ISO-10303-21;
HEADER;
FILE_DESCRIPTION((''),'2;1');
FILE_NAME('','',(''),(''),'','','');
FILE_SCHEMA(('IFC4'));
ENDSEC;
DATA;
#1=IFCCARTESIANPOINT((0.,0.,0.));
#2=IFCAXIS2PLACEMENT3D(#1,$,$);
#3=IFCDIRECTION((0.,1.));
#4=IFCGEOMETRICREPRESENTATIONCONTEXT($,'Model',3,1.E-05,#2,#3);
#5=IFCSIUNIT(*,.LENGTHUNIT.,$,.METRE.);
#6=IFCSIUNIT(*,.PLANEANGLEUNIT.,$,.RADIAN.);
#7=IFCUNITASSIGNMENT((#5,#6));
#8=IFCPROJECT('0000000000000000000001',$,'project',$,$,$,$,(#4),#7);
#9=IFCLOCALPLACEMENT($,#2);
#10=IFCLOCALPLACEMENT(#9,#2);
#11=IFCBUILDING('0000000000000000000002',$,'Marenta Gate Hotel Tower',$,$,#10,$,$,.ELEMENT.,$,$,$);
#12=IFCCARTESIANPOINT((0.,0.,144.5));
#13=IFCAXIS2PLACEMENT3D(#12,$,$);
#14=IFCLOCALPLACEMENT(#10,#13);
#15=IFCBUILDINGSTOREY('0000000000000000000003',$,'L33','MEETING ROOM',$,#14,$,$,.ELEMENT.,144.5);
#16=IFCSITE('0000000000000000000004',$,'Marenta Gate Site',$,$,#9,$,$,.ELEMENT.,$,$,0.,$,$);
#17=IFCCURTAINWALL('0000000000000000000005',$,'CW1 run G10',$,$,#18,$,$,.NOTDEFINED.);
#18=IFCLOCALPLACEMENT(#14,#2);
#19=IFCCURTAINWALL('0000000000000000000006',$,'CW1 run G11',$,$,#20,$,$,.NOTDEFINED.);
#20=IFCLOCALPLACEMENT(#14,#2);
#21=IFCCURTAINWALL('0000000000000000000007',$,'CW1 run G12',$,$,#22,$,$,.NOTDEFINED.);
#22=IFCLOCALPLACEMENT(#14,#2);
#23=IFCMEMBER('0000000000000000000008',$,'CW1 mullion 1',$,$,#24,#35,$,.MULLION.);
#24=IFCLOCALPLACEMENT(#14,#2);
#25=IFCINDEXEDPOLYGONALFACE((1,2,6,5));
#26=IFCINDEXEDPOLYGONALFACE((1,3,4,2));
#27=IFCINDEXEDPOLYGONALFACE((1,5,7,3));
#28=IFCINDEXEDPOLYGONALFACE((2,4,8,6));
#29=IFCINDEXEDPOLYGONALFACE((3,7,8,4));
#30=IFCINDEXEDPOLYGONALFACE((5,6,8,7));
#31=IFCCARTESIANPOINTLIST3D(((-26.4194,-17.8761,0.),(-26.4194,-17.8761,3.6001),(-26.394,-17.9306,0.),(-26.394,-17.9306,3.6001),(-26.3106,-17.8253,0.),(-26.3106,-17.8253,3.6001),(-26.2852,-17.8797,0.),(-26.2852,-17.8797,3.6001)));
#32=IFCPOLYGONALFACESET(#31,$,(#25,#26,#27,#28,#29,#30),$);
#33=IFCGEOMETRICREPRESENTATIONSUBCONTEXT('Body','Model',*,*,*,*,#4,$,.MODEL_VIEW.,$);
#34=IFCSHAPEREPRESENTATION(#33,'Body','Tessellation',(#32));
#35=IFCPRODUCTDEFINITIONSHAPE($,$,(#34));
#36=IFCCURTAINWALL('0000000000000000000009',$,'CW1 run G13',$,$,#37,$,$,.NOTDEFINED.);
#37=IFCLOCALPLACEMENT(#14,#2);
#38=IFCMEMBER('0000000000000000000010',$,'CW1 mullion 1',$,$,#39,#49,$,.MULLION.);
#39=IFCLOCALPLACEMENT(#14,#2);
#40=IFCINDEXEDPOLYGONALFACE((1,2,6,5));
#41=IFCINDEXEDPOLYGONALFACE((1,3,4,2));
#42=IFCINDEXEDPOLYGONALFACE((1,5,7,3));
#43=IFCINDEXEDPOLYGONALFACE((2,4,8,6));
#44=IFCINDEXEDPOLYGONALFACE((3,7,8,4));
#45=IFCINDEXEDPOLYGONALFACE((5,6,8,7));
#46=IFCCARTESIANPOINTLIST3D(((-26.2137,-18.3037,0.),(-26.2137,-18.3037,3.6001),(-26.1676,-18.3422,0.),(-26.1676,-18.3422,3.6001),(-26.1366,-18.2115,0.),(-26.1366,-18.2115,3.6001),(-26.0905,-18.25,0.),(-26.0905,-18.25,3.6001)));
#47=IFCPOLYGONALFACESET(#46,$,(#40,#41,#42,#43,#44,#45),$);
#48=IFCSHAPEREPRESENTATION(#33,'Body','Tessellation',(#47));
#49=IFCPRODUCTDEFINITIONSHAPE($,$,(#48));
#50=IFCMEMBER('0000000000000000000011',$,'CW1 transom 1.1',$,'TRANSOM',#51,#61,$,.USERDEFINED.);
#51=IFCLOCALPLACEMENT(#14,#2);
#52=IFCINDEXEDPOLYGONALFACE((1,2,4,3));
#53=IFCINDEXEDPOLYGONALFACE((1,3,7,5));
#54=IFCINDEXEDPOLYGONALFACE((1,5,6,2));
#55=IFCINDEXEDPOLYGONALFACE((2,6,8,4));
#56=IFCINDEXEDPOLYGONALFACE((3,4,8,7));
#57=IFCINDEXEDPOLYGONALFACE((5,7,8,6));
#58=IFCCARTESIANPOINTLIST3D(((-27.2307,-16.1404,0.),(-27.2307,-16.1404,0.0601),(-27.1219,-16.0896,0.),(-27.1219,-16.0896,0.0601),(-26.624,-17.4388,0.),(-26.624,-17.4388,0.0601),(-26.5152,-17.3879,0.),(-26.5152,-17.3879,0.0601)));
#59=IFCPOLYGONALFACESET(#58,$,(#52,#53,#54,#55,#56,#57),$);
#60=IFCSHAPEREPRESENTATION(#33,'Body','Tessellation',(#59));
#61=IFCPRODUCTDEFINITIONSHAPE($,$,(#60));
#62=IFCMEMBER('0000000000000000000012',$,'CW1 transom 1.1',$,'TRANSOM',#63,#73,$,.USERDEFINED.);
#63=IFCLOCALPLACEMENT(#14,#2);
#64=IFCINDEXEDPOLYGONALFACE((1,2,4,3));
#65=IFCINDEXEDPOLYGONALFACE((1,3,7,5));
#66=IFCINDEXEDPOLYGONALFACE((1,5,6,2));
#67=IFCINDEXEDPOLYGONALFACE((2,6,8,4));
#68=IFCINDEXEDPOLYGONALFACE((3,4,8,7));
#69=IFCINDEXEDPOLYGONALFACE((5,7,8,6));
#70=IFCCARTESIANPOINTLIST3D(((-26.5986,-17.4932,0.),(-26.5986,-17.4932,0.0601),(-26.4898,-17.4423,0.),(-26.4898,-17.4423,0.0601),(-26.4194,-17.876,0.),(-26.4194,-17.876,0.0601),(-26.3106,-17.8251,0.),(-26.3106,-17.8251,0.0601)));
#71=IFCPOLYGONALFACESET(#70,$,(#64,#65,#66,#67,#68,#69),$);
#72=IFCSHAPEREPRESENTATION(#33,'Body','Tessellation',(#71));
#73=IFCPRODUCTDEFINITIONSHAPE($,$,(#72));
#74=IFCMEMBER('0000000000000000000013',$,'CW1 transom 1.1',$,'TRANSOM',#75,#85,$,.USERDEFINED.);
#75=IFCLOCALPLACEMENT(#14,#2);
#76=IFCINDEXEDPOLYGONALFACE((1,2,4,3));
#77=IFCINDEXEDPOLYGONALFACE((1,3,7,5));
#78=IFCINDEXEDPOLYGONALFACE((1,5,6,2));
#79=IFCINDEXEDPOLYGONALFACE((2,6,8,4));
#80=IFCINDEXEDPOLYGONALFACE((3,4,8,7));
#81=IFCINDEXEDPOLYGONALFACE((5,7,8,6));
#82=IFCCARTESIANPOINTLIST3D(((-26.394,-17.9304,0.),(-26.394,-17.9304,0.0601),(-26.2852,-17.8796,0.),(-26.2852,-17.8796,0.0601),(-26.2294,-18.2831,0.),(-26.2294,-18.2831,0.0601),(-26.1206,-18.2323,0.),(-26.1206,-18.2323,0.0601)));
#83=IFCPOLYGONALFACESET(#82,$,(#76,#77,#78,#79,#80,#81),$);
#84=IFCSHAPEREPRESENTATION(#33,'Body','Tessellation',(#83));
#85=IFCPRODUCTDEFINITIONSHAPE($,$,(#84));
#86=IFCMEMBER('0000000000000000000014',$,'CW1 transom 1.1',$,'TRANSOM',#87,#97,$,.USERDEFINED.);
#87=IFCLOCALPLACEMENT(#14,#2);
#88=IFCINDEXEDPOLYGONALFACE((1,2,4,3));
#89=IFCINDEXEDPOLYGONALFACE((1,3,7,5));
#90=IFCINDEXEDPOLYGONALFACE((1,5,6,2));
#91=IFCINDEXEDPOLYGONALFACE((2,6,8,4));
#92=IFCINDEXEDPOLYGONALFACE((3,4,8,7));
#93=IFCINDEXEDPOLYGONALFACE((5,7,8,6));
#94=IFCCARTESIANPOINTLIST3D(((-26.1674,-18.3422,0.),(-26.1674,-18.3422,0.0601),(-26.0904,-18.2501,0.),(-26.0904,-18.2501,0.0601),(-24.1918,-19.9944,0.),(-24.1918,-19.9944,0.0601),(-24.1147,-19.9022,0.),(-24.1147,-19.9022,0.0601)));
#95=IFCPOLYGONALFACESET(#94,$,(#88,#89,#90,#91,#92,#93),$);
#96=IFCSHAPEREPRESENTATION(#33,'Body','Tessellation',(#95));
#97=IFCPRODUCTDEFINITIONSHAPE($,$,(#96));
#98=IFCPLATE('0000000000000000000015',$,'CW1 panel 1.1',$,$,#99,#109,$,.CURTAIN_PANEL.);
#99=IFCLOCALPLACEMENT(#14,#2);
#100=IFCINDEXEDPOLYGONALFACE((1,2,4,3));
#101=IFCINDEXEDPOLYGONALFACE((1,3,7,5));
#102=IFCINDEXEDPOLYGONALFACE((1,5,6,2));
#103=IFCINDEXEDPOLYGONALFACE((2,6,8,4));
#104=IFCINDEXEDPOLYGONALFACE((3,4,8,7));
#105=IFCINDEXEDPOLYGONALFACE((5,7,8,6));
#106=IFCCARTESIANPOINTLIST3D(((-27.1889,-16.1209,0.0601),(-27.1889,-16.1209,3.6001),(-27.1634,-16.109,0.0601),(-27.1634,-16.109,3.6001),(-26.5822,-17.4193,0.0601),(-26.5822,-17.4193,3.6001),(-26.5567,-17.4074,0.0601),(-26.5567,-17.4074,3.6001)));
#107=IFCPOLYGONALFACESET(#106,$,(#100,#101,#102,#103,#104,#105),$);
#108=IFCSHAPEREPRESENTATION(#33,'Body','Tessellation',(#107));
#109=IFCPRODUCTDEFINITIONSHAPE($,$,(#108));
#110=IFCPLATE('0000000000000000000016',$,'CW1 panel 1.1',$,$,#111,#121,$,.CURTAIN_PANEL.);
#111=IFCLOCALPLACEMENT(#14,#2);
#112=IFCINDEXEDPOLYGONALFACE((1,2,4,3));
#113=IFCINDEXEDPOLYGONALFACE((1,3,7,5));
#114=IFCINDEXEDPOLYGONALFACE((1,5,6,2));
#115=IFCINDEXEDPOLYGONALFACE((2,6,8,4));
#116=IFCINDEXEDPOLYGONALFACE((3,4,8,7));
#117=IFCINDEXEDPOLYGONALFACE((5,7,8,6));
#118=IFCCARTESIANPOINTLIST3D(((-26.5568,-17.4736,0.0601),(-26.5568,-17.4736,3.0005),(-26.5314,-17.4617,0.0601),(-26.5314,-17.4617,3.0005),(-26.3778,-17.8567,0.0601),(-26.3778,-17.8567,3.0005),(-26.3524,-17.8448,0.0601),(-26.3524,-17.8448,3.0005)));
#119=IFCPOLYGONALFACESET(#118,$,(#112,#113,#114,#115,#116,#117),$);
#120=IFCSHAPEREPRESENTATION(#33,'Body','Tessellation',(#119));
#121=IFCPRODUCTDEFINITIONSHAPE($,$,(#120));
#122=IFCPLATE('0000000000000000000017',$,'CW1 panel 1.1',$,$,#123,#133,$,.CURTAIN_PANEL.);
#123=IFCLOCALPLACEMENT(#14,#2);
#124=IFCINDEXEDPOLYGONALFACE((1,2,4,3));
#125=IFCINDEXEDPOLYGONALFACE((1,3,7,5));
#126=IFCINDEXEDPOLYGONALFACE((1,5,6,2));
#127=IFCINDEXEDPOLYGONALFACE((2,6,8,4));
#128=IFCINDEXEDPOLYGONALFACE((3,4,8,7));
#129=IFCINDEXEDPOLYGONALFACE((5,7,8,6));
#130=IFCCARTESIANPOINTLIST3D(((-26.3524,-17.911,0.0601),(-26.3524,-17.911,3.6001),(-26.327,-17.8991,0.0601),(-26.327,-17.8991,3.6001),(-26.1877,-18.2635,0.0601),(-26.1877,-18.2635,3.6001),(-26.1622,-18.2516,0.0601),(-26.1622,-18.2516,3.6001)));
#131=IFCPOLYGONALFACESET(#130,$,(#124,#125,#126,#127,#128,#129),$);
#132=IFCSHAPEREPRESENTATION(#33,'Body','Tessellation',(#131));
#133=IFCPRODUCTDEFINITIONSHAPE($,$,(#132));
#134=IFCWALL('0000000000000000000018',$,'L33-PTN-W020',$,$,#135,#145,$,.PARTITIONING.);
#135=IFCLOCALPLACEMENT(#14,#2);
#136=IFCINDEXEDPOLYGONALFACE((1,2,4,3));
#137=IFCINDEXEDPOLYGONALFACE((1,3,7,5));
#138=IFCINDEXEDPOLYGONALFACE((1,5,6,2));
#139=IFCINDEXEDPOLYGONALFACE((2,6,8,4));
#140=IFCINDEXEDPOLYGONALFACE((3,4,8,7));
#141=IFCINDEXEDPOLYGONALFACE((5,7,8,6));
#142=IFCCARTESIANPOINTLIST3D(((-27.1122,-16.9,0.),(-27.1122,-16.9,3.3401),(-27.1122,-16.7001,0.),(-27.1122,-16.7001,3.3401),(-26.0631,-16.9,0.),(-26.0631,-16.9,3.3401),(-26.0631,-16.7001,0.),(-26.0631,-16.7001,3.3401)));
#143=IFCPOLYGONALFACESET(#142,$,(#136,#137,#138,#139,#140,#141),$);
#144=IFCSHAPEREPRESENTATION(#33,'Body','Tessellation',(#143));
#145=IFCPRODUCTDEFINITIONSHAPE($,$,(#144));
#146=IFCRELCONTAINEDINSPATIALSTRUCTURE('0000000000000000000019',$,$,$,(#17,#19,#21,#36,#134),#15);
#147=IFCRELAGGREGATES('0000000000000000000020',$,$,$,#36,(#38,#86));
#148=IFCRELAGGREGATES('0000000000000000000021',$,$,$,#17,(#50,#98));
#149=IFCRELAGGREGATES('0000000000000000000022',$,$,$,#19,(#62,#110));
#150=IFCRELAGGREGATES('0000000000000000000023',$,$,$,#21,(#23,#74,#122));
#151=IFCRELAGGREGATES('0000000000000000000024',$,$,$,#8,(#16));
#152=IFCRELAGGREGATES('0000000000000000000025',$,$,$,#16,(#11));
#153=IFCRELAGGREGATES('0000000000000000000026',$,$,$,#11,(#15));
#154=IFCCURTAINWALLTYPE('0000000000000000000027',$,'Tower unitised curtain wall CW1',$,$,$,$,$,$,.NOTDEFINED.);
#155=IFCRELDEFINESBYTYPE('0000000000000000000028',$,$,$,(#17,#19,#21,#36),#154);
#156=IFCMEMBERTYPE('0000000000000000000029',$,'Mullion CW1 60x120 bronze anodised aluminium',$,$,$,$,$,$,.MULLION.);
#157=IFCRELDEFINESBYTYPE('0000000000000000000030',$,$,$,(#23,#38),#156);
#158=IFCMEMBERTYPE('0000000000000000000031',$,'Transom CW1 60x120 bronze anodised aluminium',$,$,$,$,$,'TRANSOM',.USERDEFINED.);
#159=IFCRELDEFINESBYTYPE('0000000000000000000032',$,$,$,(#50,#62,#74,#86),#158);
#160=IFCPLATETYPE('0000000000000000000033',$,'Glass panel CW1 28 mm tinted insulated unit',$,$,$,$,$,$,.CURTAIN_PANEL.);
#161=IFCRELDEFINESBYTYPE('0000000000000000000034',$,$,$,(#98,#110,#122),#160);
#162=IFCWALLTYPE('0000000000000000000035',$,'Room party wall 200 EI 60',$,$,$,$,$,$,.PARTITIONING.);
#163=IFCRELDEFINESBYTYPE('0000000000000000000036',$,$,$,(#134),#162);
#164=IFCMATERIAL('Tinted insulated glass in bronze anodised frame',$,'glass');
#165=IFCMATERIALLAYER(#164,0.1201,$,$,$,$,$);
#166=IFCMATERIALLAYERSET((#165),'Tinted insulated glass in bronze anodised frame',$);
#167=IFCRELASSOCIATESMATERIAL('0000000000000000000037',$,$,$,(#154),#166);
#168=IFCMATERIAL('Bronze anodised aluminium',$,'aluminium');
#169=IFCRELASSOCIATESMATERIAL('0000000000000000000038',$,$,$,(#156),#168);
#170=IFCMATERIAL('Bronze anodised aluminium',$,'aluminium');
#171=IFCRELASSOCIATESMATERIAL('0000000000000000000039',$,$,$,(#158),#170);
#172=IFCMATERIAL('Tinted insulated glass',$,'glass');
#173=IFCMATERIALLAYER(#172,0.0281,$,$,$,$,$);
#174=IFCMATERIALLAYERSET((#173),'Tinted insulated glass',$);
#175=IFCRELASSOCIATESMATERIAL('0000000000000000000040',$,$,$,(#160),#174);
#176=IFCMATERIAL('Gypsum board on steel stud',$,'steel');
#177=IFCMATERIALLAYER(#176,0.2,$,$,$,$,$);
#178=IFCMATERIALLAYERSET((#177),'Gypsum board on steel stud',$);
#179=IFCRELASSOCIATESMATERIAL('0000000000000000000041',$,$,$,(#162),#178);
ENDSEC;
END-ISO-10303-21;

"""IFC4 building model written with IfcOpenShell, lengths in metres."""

from ifc_helpers import new_model, si_unit, direction, frame, frame_2d, origin, origin_2d, place, context, subcontext, project, spatial, rectangle, extrude, material, layer, layer_set, material_profile, profile_set, type_object, element, aggregate, save


model = new_model("IFC4")

# Units and contexts
model_context = context("Model", 3, precision=1e-05, world=origin(), true_north=direction((0.0, 1.0)))
body_context = subcontext(model_context, "Body", "Model", "MODEL_VIEW")
ifc_project = project(units=[si_unit("LENGTHUNIT", "METRE"), si_unit("PLANEANGLEUNIT", "RADIAN")], contexts=[model_context])

# Site, building, storey
site_placement = place(None, origin())
site = spatial("IfcSite", under=ifc_project, at=site_placement, Name="Marenta Gate Site", CompositionType="ELEMENT", RefElevation=0.0)
building_placement = place(site_placement, origin())
building = spatial("IfcBuilding", under=site, at=building_placement, Name="Marenta Gate Hotel Tower", CompositionType="ELEMENT")
storey_placement = place(building_placement, frame((0.0, 0.0, 144.5)))
storey = spatial("IfcBuildingStorey", under=building, at=storey_placement, Name="L33", Description="MEETING ROOM", CompositionType="ELEMENT", Elevation=144.5)

# Curtain walls, members
ifc_material_1 = material(Name="Tinted insulated glass in bronze anodised frame", Category="glass")
ifc_layer_1 = layer(ifc_material_1, 0.1201)
ifc_layer_set_1 = layer_set([ifc_layer_1], Name="Tinted insulated glass in bronze anodised frame")
curtain_wall_type = type_object("IfcCurtainWallType", Name="Tower unitised curtain wall CW1", PredefinedType="NOTDEFINED", material=ifc_layer_set_1)
curtain_wall_1_placement = place(storey_placement, origin())
curtain_wall_1 = element("IfcCurtainWall", 1, at=curtain_wall_1_placement, inside=storey, type_object=curtain_wall_type, Name="CW1 run G10", PredefinedType="NOTDEFINED")
ifc_material_2 = material(Name="Bronze anodised aluminium", Category="aluminium")
ifc_material_profile_1 = material_profile(ifc_material_2, rectangle(XDim=0.1201, YDim=0.0601, at=origin_2d()), Name="Mullion CW1 60x120 bronze anodised aluminium")
ifc_profile_set_1 = profile_set([ifc_material_profile_1], Name="Bronze anodised aluminium")
member_type_1 = type_object("IfcMemberType", Name="Mullion CW1 60x120 bronze anodised aluminium", PredefinedType="MULLION", material=ifc_profile_set_1)
curtain_wall_2_placement = place(storey_placement, origin())
curtain_wall_2 = element("IfcCurtainWall", 2, at=curtain_wall_2_placement, inside=storey, type_object=curtain_wall_type, Name="CW1 run G11", PredefinedType="NOTDEFINED")
curtain_wall_3_placement = place(storey_placement, origin())
curtain_wall_3 = element("IfcCurtainWall", 3, at=curtain_wall_3_placement, inside=storey, type_object=curtain_wall_type, Name="CW1 run G12", PredefinedType="NOTDEFINED")
member_1_placement = place(storey_placement, frame((-26.3523, -17.8779, 0.0), z_axis=(0.0, 0.0, 1.0), x_axis=(0.906001, 0.423275, 0.0)))
member_1 = element("IfcMember", 4, at=member_1_placement, type_object=member_type_1, Name="CW1 mullion 1", PredefinedType="MULLION", context=body_context, shape_type="SweptSolid", body=[
    extrude(rectangle(XDim=0.1201, YDim=0.0601, at=origin_2d()), origin(), (0.0, 0.0, 1.0), 3.6001),
])
curtain_wall_4_placement = place(storey_placement, origin())
curtain_wall_4 = element("IfcCurtainWall", 5, at=curtain_wall_4_placement, inside=storey, type_object=curtain_wall_type, Name="CW1 run G13", PredefinedType="NOTDEFINED")
member_2_placement = place(storey_placement, frame((-26.1521, -18.2769, 0.0), z_axis=(0.0, 0.0, 1.0), x_axis=(0.641512, 0.767113, 0.0)))
member_2 = element("IfcMember", 6, at=member_2_placement, type_object=member_type_1, Name="CW1 mullion 1", PredefinedType="MULLION", context=body_context, shape_type="SweptSolid", body=[
    extrude(rectangle(XDim=0.1201, YDim=0.0601, at=origin_2d()), origin(), (0.0, 0.0, 1.0), 3.6001),
])

# Members
ifc_material_3 = material(Name="Bronze anodised aluminium", Category="aluminium")
ifc_material_profile_2 = material_profile(ifc_material_3, rectangle(XDim=0.1201, YDim=0.0601, at=origin_2d()), Name="Transom CW1 60x120 bronze anodised aluminium")
ifc_profile_set_2 = profile_set([ifc_material_profile_2], Name="Bronze anodised aluminium")
member_type_2 = type_object("IfcMemberType", Name="Transom CW1 60x120 bronze anodised aluminium", ElementType="TRANSOM", PredefinedType="USERDEFINED", material=ifc_profile_set_2)
member_3_placement = place(storey_placement, frame((-27.1763, -16.115, 0.03), z_axis=(0.423342, -0.90597, 0.0), x_axis=(0.90597, 0.423342, 0.0)))
member_3 = element("IfcMember", 7, at=member_3_placement, type_object=member_type_2, Name="CW1 transom 1.1", ObjectType="TRANSOM", PredefinedType="USERDEFINED", context=body_context, shape_type="SweptSolid", body=[
    extrude(rectangle(XDim=0.1201, YDim=0.0601, at=origin_2d()), origin(), (0.0, 0.0, 1.0), 1.4331),
])
member_4_placement = place(storey_placement, frame((-26.5442, -17.4678, 0.03), z_axis=(0.42396, -0.905681, 0.0), x_axis=(0.905681, 0.42396, 0.0)))
member_4 = element("IfcMember", 8, at=member_4_placement, type_object=member_type_2, Name="CW1 transom 1.1", ObjectType="TRANSOM", PredefinedType="USERDEFINED", context=body_context, shape_type="SweptSolid", body=[
    extrude(rectangle(XDim=0.1201, YDim=0.0601, at=origin_2d()), origin(), (0.0, 0.0, 1.0), 0.4226),
])
member_5_placement = place(storey_placement, frame((-26.3396, -17.905, 0.03), z_axis=(0.422954, -0.906151, 0.0), x_axis=(0.906151, 0.422954, 0.0)))
member_5 = element("IfcMember", 9, at=member_5_placement, type_object=member_type_2, Name="CW1 transom 1.1", ObjectType="TRANSOM", PredefinedType="USERDEFINED", context=body_context, shape_type="SweptSolid", body=[
    extrude(rectangle(XDim=0.1201, YDim=0.0601, at=origin_2d()), origin(), (0.0, 0.0, 1.0), 0.3892),
])
member_6_placement = place(storey_placement, frame((-26.1289, -18.2961, 0.03), z_axis=(0.767117, -0.641508, 0.0), x_axis=(0.641508, 0.767117, 0.0)))
member_6 = element("IfcMember", 10, at=member_6_placement, type_object=member_type_2, Name="CW1 transom 1.1", ObjectType="TRANSOM", PredefinedType="USERDEFINED", context=body_context, shape_type="SweptSolid", body=[
    extrude(rectangle(XDim=0.1201, YDim=0.0601, at=origin_2d()), origin(), (0.0, 0.0, 1.0), 2.5754),
])
aggregate(curtain_wall_4, [member_2, member_6])

# Plates
ifc_material_4 = material(Name="Tinted insulated glass", Category="glass")
ifc_layer_2 = layer(ifc_material_4, 0.0281)
ifc_layer_set_2 = layer_set([ifc_layer_2], Name="Tinted insulated glass")
plate_type = type_object("IfcPlateType", Name="Glass panel CW1 28 mm tinted insulated unit", PredefinedType="CURTAIN_PANEL", material=ifc_layer_set_2)
plate_1_placement = place(storey_placement, frame((-26.8728, -16.7642, 0.0601), z_axis=(0.0, 0.0, 1.0), x_axis=(0.423347, -0.905967, 0.0)))
plate_1 = element("IfcPlate", 11, at=plate_1_placement, type_object=plate_type, Name="CW1 panel 1.1", PredefinedType="CURTAIN_PANEL", context=body_context, shape_type="SweptSolid", body=[
    extrude(rectangle(XDim=1.4331, YDim=0.0281, at=origin_2d()), origin(), (0.0, 0.0, 1.0), 3.54),
])
aggregate(curtain_wall_1, [member_3, plate_1])
plate_2_placement = place(storey_placement, frame((-26.4546, -17.6592, 0.0601), z_axis=(0.0, 0.0, 1.0), x_axis=(0.423362, -0.905961, 0.0)))
plate_2 = element("IfcPlate", 12, at=plate_2_placement, type_object=plate_type, Name="CW1 panel 1.1", PredefinedType="CURTAIN_PANEL", context=body_context, shape_type="SweptSolid", body=[
    extrude(rectangle(XDim=0.4229, YDim=0.0281, at=origin_2d()), origin(), (0.0, 0.0, 1.0), 2.9404),
])
aggregate(curtain_wall_2, [member_4, plate_2])
plate_3_placement = place(storey_placement, frame((-26.2573, -18.0813, 0.0601), z_axis=(0.0, 0.0, 1.0), x_axis=(0.423275, -0.906001, 0.0)))
plate_3 = element("IfcPlate", 13, at=plate_3_placement, type_object=plate_type, Name="CW1 panel 1.1", PredefinedType="CURTAIN_PANEL", context=body_context, shape_type="SweptSolid", body=[
    extrude(rectangle(XDim=0.3892, YDim=0.0281, at=origin_2d()), origin(), (0.0, 0.0, 1.0), 3.54),
])
aggregate(curtain_wall_3, [member_1, member_5, plate_3])

# Wall
ifc_material_5 = material(Name="Gypsum board on steel stud", Category="steel")
ifc_layer_3 = layer(ifc_material_5, 0.2)
ifc_layer_set_3 = layer_set([ifc_layer_3], Name="Gypsum board on steel stud")
wall_type = type_object("IfcWallType", Name="Room party wall 200 EI 60", PredefinedType="PARTITIONING", material=ifc_layer_set_3)
wall_placement = place(storey_placement, frame((-27.1121, -16.8, 0.0), z_axis=(0.0, 0.0, 1.0), x_axis=(1.0, 0.0, 0.0)))
element("IfcWall", 14, at=wall_placement, inside=storey, type_object=wall_type, Name="L33-PTN-W020", PredefinedType="PARTITIONING", context=body_context, shape_type="SweptSolid", body=[
    extrude(rectangle(XDim=1.0491, YDim=0.2, at=frame_2d((0.5244, 0.0))), origin(), (0.0, 0.0, 1.0), 3.3401),
])

save(model, "model.ifc")
